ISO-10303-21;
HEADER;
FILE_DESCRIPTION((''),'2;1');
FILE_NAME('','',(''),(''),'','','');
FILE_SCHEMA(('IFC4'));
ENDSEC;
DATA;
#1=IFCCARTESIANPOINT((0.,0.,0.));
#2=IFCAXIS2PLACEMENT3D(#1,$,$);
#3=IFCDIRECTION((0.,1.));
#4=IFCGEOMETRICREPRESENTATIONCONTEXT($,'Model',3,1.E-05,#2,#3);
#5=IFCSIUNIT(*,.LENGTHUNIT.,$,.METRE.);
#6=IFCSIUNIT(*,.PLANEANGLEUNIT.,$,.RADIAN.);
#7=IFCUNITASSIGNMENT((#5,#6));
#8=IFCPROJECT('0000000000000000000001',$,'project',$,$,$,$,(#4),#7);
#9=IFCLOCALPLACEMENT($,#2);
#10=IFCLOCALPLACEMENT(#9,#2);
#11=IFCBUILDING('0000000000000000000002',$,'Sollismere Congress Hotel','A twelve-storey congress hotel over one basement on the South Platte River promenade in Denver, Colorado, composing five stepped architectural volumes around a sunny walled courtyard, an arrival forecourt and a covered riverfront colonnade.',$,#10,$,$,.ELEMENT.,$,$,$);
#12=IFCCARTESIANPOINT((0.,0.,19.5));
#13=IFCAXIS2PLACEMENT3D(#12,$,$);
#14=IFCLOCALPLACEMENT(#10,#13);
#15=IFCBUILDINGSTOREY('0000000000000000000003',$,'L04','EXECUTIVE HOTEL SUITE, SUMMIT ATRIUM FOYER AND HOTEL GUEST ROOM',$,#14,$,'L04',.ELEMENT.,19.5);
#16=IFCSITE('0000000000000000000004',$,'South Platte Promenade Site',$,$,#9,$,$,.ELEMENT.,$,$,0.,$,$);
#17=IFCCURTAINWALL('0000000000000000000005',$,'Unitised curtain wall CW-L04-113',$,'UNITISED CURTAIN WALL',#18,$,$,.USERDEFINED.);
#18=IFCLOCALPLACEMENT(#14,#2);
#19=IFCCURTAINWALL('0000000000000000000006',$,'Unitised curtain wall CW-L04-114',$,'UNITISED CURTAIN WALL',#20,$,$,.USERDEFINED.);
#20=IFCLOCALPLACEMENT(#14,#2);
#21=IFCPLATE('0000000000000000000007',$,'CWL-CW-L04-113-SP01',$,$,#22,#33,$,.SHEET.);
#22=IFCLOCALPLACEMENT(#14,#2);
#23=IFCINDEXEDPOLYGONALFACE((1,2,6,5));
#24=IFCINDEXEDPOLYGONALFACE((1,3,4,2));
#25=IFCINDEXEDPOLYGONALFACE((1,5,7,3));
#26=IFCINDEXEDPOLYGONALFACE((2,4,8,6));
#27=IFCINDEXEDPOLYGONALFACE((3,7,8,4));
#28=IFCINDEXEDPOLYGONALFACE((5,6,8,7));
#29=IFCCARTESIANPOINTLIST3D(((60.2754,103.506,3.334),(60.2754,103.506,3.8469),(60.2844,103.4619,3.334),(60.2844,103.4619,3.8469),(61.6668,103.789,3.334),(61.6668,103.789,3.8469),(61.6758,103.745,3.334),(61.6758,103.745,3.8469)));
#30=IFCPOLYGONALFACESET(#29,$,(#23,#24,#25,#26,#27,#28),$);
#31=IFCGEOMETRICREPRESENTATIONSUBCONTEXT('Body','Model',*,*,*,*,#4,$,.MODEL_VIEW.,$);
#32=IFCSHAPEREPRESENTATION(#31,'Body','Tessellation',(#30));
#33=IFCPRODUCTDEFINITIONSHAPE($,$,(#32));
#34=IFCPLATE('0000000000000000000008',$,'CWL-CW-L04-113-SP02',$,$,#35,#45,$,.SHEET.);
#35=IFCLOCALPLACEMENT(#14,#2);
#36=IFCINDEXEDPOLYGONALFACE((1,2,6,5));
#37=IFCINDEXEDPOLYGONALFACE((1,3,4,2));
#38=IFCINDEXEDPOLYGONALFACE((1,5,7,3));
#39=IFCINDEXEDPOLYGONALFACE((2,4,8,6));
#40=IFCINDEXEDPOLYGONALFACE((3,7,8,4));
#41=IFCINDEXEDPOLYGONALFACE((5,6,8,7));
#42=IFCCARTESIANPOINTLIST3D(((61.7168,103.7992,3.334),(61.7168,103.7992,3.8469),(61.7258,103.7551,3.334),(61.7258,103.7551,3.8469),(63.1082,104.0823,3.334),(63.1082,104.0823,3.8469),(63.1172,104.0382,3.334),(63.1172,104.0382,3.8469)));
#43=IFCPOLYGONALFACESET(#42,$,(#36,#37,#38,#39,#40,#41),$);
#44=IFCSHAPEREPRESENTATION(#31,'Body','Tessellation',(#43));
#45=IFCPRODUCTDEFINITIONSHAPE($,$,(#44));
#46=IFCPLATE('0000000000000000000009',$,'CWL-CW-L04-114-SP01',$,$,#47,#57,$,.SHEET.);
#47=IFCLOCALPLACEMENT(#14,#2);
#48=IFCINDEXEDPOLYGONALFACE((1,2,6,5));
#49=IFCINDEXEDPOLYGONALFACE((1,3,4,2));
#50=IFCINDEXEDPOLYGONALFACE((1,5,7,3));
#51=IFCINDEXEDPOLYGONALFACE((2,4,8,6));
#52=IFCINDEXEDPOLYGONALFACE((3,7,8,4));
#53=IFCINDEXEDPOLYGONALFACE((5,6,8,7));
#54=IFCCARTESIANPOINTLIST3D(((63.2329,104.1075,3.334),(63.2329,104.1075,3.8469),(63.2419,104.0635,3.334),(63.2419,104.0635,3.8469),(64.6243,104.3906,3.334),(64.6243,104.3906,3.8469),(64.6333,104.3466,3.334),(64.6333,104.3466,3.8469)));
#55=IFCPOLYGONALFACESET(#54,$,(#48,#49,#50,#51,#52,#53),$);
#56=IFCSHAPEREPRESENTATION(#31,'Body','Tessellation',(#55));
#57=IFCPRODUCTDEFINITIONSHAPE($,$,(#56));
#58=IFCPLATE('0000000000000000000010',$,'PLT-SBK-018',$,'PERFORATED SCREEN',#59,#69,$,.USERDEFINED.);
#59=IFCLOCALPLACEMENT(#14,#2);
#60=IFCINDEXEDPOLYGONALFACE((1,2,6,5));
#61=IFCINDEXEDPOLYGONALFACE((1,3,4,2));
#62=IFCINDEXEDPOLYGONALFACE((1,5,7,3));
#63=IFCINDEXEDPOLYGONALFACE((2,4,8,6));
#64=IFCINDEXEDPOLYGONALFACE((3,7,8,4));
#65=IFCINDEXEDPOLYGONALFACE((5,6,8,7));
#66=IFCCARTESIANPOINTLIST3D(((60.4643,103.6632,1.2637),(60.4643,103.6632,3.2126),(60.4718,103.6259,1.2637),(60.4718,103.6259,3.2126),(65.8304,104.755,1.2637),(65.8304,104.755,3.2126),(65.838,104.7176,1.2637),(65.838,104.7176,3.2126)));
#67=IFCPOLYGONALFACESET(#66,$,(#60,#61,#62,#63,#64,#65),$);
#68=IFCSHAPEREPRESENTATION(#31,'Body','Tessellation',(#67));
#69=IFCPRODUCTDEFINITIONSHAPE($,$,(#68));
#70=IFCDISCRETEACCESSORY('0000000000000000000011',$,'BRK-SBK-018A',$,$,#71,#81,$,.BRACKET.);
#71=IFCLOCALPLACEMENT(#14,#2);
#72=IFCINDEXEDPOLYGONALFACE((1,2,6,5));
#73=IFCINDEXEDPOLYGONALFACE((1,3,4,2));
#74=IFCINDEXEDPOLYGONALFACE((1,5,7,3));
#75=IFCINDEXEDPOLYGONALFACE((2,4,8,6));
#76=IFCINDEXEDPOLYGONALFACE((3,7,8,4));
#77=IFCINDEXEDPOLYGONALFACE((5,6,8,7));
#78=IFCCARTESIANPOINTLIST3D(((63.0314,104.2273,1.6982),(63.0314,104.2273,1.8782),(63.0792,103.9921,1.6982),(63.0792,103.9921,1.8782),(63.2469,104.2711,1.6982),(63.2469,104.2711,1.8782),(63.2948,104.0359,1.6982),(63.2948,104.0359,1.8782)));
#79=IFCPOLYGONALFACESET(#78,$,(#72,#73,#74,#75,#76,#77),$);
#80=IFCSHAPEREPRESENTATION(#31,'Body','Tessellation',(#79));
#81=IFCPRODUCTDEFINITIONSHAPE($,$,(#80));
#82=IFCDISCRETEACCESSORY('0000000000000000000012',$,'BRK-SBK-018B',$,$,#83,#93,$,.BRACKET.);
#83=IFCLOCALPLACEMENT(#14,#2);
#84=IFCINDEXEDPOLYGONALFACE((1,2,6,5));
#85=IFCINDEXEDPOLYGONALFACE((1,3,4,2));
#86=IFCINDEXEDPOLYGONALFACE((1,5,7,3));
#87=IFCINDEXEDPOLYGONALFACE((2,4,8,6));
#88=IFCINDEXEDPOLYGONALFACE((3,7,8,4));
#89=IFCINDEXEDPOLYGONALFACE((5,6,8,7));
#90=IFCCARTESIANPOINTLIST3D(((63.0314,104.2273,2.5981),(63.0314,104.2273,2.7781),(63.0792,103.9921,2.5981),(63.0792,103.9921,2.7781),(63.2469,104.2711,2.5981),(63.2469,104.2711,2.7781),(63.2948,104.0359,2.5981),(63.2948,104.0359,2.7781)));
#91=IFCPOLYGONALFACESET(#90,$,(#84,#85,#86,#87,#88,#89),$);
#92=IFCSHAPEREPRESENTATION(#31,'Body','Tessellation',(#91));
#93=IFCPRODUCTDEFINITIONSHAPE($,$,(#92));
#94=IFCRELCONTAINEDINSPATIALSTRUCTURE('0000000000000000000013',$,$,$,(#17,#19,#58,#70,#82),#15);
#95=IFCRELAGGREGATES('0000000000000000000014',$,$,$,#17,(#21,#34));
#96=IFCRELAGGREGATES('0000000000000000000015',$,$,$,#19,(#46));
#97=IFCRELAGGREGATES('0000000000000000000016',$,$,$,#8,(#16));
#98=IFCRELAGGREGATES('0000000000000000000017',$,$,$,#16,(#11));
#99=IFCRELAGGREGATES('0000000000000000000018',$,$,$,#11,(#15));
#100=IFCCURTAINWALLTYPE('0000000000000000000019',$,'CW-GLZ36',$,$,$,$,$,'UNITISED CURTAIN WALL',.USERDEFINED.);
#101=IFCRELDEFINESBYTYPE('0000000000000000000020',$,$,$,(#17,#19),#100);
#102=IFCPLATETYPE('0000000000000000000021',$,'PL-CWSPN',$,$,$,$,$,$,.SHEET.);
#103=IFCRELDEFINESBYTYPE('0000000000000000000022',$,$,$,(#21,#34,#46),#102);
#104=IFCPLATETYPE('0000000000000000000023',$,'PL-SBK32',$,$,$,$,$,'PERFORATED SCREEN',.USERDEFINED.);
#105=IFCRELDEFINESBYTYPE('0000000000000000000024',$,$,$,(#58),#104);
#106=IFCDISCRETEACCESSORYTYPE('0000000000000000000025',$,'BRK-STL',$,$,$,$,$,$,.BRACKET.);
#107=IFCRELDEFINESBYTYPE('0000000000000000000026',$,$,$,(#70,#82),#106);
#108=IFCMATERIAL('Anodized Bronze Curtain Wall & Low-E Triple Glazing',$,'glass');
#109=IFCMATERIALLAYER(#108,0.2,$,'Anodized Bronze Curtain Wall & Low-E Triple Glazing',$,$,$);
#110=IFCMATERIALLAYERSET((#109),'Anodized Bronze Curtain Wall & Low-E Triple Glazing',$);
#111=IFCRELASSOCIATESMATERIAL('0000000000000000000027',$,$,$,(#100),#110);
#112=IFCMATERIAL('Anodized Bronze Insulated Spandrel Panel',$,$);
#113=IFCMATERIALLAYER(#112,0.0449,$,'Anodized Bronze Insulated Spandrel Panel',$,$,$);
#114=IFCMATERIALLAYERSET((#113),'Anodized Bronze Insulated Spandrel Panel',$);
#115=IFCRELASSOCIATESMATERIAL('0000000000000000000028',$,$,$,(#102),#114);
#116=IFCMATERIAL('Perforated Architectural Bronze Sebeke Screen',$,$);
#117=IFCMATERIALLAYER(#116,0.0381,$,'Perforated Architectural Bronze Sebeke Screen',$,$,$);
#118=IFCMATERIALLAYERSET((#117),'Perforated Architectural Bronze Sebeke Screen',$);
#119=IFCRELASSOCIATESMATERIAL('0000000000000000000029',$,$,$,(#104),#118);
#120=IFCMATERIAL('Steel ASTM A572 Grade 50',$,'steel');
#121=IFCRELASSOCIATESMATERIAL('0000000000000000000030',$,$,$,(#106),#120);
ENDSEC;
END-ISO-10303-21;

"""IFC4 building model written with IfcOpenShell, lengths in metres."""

from ifc_helpers import new_model, si_unit, direction, frame, origin, origin_2d, place, context, subcontext, project, spatial, rectangle, extrude, material, layer, layer_set, type_object, element, aggregate, save


model = new_model("IFC4")

# Units and contexts
model_context = context("Model", 3, precision=1e-05, world=origin(), true_north=direction((0.0, 1.0)))
body_context = subcontext(model_context, "Body", "Model", "MODEL_VIEW")
ifc_project = project(units=[si_unit("LENGTHUNIT", "METRE"), si_unit("PLANEANGLEUNIT", "RADIAN")], contexts=[model_context])

# Site, building, storey
site_placement = place(None, origin())
site = spatial("IfcSite", under=ifc_project, at=site_placement, Name="South Platte Promenade Site", CompositionType="ELEMENT", RefElevation=0.0)
building_placement = place(site_placement, origin())
building = spatial("IfcBuilding", under=site, at=building_placement, Name="Sollismere Congress Hotel", Description="A twelve-storey congress hotel over one basement on the South Platte River promenade in Denver, Colorado, composing five stepped architectural volumes around a sunny walled courtyard, an arrival forecourt and a covered riverfront colonnade.", CompositionType="ELEMENT")
storey_placement = place(building_placement, frame((0.0, 0.0, 19.5)))
storey = spatial("IfcBuildingStorey", under=building, at=storey_placement, Name="L04", Description="EXECUTIVE HOTEL SUITE, SUMMIT ATRIUM FOYER AND HOTEL GUEST ROOM", LongName="L04", CompositionType="ELEMENT", Elevation=19.5)

# Curtain wall
ifc_material_1 = material(Name="Anodized Bronze Curtain Wall & Low-E Triple Glazing", Category="glass")
ifc_layer_1 = layer(ifc_material_1, 0.2, Name="Anodized Bronze Curtain Wall & Low-E Triple Glazing")
ifc_layer_set_1 = layer_set([ifc_layer_1], Name="Anodized Bronze Curtain Wall & Low-E Triple Glazing")
curtain_wall_type = type_object("IfcCurtainWallType", Name="CW-GLZ36", ElementType="UNITISED CURTAIN WALL", PredefinedType="USERDEFINED", material=ifc_layer_set_1)
curtain_wall_1_placement = place(storey_placement, origin())
curtain_wall_1 = element("IfcCurtainWall", 1, at=curtain_wall_1_placement, inside=storey, type_object=curtain_wall_type, Name="Unitised curtain wall CW-L04-113", ObjectType="UNITISED CURTAIN WALL", PredefinedType="USERDEFINED")

# Curtain wall
curtain_wall_2_placement = place(storey_placement, origin())
curtain_wall_2 = element("IfcCurtainWall", 2, at=curtain_wall_2_placement, inside=storey, type_object=curtain_wall_type, Name="Unitised curtain wall CW-L04-114", ObjectType="UNITISED CURTAIN WALL", PredefinedType="USERDEFINED")

# Plates
ifc_material_2 = material(Name="Anodized Bronze Insulated Spandrel Panel")
ifc_layer_2 = layer(ifc_material_2, 0.0449, Name="Anodized Bronze Insulated Spandrel Panel")
ifc_layer_set_2 = layer_set([ifc_layer_2], Name="Anodized Bronze Insulated Spandrel Panel")
plate_type_1 = type_object("IfcPlateType", Name="PL-CWSPN", PredefinedType="SHEET", material=ifc_layer_set_2)
plate_1_placement = place(storey_placement, frame((60.9756, 103.6255, 3.334), z_axis=(0.0, 0.0, 1.0), x_axis=(0.979925, 0.199368, 0.0)))
plate_1 = element("IfcPlate", 3, at=plate_1_placement, type_object=plate_type_1, Name="CWL-CW-L04-113-SP01", PredefinedType="SHEET", context=body_context, shape_type="SweptSolid", body=[
    extrude(rectangle(XDim=1.4199, YDim=0.0449, at=origin_2d()), origin(), (0.0, 0.0, 1.0), 0.5129),
])
plate_2_placement = place(storey_placement, frame((62.417, 103.9187, 3.334), z_axis=(0.0, 0.0, 1.0), x_axis=(0.979925, 0.199368, 0.0)))
plate_2 = element("IfcPlate", 4, at=plate_2_placement, type_object=plate_type_1, Name="CWL-CW-L04-113-SP02", PredefinedType="SHEET", context=body_context, shape_type="SweptSolid", body=[
    extrude(rectangle(XDim=1.4199, YDim=0.0449, at=origin_2d()), origin(), (0.0, 0.0, 1.0), 0.5129),
])
aggregate(curtain_wall_1, [plate_1, plate_2])
plate_3_placement = place(storey_placement, frame((63.9331, 104.2271, 3.334), z_axis=(0.0, 0.0, 1.0), x_axis=(0.979925, 0.199368, 0.0)))
plate_3 = element("IfcPlate", 5, at=plate_3_placement, type_object=plate_type_1, Name="CWL-CW-L04-114-SP01", PredefinedType="SHEET", context=body_context, shape_type="SweptSolid", body=[
    extrude(rectangle(XDim=1.4199, YDim=0.0449, at=origin_2d()), origin(), (0.0, 0.0, 1.0), 0.5129),
])
aggregate(curtain_wall_2, [plate_3])
ifc_material_3 = material(Name="Perforated Architectural Bronze Sebeke Screen")
ifc_layer_3 = layer(ifc_material_3, 0.0381, Name="Perforated Architectural Bronze Sebeke Screen")
ifc_layer_set_3 = layer_set([ifc_layer_3], Name="Perforated Architectural Bronze Sebeke Screen")
plate_type_2 = type_object("IfcPlateType", Name="PL-SBK32", ElementType="PERFORATED SCREEN", PredefinedType="USERDEFINED", material=ifc_layer_set_3)
plate_4_placement = place(storey_placement, frame((63.1511, 104.1904, 1.2637), z_axis=(0.0, 0.0, 1.0), x_axis=(0.979925, 0.199368, 0.0)))
element("IfcPlate", 6, at=plate_4_placement, inside=storey, type_object=plate_type_2, Name="PLT-SBK-018", ObjectType="PERFORATED SCREEN", PredefinedType="USERDEFINED", context=body_context, shape_type="SweptSolid", body=[
    extrude(rectangle(XDim=5.4761, YDim=0.0381, at=origin_2d()), origin(), (0.0, 0.0, 1.0), 1.949),
])

# Discrete accessories
ifc_material_4 = material(Name="Steel ASTM A572 Grade 50", Category="steel")
discrete_accessory_type = type_object("IfcDiscreteAccessoryType", Name="BRK-STL", PredefinedType="BRACKET", material=ifc_material_4)
for number, where, z_axis, x_axis, name in (
    (7, (63.1631, 104.1316, 1.6982), (0.0, 0.0, 1.0), (0.979925, 0.199368, 0.0), "BRK-SBK-018A"),
    (8, (63.1631, 104.1316, 2.5981), (0.0, 0.0, 1.0), (0.979925, 0.199368, 0.0), "BRK-SBK-018B"),
):
    element("IfcDiscreteAccessory", number, at=place(storey_placement, frame(where, z_axis=z_axis, x_axis=x_axis)), inside=storey, type_object=discrete_accessory_type, Name=name, PredefinedType="BRACKET", context=body_context, shape_type="SweptSolid", body=[
        extrude(rectangle(XDim=0.22, YDim=0.24, at=origin_2d()), origin(), (0.0, 0.0, 1.0), 0.1799),
    ])

save(model, "model.ifc")
